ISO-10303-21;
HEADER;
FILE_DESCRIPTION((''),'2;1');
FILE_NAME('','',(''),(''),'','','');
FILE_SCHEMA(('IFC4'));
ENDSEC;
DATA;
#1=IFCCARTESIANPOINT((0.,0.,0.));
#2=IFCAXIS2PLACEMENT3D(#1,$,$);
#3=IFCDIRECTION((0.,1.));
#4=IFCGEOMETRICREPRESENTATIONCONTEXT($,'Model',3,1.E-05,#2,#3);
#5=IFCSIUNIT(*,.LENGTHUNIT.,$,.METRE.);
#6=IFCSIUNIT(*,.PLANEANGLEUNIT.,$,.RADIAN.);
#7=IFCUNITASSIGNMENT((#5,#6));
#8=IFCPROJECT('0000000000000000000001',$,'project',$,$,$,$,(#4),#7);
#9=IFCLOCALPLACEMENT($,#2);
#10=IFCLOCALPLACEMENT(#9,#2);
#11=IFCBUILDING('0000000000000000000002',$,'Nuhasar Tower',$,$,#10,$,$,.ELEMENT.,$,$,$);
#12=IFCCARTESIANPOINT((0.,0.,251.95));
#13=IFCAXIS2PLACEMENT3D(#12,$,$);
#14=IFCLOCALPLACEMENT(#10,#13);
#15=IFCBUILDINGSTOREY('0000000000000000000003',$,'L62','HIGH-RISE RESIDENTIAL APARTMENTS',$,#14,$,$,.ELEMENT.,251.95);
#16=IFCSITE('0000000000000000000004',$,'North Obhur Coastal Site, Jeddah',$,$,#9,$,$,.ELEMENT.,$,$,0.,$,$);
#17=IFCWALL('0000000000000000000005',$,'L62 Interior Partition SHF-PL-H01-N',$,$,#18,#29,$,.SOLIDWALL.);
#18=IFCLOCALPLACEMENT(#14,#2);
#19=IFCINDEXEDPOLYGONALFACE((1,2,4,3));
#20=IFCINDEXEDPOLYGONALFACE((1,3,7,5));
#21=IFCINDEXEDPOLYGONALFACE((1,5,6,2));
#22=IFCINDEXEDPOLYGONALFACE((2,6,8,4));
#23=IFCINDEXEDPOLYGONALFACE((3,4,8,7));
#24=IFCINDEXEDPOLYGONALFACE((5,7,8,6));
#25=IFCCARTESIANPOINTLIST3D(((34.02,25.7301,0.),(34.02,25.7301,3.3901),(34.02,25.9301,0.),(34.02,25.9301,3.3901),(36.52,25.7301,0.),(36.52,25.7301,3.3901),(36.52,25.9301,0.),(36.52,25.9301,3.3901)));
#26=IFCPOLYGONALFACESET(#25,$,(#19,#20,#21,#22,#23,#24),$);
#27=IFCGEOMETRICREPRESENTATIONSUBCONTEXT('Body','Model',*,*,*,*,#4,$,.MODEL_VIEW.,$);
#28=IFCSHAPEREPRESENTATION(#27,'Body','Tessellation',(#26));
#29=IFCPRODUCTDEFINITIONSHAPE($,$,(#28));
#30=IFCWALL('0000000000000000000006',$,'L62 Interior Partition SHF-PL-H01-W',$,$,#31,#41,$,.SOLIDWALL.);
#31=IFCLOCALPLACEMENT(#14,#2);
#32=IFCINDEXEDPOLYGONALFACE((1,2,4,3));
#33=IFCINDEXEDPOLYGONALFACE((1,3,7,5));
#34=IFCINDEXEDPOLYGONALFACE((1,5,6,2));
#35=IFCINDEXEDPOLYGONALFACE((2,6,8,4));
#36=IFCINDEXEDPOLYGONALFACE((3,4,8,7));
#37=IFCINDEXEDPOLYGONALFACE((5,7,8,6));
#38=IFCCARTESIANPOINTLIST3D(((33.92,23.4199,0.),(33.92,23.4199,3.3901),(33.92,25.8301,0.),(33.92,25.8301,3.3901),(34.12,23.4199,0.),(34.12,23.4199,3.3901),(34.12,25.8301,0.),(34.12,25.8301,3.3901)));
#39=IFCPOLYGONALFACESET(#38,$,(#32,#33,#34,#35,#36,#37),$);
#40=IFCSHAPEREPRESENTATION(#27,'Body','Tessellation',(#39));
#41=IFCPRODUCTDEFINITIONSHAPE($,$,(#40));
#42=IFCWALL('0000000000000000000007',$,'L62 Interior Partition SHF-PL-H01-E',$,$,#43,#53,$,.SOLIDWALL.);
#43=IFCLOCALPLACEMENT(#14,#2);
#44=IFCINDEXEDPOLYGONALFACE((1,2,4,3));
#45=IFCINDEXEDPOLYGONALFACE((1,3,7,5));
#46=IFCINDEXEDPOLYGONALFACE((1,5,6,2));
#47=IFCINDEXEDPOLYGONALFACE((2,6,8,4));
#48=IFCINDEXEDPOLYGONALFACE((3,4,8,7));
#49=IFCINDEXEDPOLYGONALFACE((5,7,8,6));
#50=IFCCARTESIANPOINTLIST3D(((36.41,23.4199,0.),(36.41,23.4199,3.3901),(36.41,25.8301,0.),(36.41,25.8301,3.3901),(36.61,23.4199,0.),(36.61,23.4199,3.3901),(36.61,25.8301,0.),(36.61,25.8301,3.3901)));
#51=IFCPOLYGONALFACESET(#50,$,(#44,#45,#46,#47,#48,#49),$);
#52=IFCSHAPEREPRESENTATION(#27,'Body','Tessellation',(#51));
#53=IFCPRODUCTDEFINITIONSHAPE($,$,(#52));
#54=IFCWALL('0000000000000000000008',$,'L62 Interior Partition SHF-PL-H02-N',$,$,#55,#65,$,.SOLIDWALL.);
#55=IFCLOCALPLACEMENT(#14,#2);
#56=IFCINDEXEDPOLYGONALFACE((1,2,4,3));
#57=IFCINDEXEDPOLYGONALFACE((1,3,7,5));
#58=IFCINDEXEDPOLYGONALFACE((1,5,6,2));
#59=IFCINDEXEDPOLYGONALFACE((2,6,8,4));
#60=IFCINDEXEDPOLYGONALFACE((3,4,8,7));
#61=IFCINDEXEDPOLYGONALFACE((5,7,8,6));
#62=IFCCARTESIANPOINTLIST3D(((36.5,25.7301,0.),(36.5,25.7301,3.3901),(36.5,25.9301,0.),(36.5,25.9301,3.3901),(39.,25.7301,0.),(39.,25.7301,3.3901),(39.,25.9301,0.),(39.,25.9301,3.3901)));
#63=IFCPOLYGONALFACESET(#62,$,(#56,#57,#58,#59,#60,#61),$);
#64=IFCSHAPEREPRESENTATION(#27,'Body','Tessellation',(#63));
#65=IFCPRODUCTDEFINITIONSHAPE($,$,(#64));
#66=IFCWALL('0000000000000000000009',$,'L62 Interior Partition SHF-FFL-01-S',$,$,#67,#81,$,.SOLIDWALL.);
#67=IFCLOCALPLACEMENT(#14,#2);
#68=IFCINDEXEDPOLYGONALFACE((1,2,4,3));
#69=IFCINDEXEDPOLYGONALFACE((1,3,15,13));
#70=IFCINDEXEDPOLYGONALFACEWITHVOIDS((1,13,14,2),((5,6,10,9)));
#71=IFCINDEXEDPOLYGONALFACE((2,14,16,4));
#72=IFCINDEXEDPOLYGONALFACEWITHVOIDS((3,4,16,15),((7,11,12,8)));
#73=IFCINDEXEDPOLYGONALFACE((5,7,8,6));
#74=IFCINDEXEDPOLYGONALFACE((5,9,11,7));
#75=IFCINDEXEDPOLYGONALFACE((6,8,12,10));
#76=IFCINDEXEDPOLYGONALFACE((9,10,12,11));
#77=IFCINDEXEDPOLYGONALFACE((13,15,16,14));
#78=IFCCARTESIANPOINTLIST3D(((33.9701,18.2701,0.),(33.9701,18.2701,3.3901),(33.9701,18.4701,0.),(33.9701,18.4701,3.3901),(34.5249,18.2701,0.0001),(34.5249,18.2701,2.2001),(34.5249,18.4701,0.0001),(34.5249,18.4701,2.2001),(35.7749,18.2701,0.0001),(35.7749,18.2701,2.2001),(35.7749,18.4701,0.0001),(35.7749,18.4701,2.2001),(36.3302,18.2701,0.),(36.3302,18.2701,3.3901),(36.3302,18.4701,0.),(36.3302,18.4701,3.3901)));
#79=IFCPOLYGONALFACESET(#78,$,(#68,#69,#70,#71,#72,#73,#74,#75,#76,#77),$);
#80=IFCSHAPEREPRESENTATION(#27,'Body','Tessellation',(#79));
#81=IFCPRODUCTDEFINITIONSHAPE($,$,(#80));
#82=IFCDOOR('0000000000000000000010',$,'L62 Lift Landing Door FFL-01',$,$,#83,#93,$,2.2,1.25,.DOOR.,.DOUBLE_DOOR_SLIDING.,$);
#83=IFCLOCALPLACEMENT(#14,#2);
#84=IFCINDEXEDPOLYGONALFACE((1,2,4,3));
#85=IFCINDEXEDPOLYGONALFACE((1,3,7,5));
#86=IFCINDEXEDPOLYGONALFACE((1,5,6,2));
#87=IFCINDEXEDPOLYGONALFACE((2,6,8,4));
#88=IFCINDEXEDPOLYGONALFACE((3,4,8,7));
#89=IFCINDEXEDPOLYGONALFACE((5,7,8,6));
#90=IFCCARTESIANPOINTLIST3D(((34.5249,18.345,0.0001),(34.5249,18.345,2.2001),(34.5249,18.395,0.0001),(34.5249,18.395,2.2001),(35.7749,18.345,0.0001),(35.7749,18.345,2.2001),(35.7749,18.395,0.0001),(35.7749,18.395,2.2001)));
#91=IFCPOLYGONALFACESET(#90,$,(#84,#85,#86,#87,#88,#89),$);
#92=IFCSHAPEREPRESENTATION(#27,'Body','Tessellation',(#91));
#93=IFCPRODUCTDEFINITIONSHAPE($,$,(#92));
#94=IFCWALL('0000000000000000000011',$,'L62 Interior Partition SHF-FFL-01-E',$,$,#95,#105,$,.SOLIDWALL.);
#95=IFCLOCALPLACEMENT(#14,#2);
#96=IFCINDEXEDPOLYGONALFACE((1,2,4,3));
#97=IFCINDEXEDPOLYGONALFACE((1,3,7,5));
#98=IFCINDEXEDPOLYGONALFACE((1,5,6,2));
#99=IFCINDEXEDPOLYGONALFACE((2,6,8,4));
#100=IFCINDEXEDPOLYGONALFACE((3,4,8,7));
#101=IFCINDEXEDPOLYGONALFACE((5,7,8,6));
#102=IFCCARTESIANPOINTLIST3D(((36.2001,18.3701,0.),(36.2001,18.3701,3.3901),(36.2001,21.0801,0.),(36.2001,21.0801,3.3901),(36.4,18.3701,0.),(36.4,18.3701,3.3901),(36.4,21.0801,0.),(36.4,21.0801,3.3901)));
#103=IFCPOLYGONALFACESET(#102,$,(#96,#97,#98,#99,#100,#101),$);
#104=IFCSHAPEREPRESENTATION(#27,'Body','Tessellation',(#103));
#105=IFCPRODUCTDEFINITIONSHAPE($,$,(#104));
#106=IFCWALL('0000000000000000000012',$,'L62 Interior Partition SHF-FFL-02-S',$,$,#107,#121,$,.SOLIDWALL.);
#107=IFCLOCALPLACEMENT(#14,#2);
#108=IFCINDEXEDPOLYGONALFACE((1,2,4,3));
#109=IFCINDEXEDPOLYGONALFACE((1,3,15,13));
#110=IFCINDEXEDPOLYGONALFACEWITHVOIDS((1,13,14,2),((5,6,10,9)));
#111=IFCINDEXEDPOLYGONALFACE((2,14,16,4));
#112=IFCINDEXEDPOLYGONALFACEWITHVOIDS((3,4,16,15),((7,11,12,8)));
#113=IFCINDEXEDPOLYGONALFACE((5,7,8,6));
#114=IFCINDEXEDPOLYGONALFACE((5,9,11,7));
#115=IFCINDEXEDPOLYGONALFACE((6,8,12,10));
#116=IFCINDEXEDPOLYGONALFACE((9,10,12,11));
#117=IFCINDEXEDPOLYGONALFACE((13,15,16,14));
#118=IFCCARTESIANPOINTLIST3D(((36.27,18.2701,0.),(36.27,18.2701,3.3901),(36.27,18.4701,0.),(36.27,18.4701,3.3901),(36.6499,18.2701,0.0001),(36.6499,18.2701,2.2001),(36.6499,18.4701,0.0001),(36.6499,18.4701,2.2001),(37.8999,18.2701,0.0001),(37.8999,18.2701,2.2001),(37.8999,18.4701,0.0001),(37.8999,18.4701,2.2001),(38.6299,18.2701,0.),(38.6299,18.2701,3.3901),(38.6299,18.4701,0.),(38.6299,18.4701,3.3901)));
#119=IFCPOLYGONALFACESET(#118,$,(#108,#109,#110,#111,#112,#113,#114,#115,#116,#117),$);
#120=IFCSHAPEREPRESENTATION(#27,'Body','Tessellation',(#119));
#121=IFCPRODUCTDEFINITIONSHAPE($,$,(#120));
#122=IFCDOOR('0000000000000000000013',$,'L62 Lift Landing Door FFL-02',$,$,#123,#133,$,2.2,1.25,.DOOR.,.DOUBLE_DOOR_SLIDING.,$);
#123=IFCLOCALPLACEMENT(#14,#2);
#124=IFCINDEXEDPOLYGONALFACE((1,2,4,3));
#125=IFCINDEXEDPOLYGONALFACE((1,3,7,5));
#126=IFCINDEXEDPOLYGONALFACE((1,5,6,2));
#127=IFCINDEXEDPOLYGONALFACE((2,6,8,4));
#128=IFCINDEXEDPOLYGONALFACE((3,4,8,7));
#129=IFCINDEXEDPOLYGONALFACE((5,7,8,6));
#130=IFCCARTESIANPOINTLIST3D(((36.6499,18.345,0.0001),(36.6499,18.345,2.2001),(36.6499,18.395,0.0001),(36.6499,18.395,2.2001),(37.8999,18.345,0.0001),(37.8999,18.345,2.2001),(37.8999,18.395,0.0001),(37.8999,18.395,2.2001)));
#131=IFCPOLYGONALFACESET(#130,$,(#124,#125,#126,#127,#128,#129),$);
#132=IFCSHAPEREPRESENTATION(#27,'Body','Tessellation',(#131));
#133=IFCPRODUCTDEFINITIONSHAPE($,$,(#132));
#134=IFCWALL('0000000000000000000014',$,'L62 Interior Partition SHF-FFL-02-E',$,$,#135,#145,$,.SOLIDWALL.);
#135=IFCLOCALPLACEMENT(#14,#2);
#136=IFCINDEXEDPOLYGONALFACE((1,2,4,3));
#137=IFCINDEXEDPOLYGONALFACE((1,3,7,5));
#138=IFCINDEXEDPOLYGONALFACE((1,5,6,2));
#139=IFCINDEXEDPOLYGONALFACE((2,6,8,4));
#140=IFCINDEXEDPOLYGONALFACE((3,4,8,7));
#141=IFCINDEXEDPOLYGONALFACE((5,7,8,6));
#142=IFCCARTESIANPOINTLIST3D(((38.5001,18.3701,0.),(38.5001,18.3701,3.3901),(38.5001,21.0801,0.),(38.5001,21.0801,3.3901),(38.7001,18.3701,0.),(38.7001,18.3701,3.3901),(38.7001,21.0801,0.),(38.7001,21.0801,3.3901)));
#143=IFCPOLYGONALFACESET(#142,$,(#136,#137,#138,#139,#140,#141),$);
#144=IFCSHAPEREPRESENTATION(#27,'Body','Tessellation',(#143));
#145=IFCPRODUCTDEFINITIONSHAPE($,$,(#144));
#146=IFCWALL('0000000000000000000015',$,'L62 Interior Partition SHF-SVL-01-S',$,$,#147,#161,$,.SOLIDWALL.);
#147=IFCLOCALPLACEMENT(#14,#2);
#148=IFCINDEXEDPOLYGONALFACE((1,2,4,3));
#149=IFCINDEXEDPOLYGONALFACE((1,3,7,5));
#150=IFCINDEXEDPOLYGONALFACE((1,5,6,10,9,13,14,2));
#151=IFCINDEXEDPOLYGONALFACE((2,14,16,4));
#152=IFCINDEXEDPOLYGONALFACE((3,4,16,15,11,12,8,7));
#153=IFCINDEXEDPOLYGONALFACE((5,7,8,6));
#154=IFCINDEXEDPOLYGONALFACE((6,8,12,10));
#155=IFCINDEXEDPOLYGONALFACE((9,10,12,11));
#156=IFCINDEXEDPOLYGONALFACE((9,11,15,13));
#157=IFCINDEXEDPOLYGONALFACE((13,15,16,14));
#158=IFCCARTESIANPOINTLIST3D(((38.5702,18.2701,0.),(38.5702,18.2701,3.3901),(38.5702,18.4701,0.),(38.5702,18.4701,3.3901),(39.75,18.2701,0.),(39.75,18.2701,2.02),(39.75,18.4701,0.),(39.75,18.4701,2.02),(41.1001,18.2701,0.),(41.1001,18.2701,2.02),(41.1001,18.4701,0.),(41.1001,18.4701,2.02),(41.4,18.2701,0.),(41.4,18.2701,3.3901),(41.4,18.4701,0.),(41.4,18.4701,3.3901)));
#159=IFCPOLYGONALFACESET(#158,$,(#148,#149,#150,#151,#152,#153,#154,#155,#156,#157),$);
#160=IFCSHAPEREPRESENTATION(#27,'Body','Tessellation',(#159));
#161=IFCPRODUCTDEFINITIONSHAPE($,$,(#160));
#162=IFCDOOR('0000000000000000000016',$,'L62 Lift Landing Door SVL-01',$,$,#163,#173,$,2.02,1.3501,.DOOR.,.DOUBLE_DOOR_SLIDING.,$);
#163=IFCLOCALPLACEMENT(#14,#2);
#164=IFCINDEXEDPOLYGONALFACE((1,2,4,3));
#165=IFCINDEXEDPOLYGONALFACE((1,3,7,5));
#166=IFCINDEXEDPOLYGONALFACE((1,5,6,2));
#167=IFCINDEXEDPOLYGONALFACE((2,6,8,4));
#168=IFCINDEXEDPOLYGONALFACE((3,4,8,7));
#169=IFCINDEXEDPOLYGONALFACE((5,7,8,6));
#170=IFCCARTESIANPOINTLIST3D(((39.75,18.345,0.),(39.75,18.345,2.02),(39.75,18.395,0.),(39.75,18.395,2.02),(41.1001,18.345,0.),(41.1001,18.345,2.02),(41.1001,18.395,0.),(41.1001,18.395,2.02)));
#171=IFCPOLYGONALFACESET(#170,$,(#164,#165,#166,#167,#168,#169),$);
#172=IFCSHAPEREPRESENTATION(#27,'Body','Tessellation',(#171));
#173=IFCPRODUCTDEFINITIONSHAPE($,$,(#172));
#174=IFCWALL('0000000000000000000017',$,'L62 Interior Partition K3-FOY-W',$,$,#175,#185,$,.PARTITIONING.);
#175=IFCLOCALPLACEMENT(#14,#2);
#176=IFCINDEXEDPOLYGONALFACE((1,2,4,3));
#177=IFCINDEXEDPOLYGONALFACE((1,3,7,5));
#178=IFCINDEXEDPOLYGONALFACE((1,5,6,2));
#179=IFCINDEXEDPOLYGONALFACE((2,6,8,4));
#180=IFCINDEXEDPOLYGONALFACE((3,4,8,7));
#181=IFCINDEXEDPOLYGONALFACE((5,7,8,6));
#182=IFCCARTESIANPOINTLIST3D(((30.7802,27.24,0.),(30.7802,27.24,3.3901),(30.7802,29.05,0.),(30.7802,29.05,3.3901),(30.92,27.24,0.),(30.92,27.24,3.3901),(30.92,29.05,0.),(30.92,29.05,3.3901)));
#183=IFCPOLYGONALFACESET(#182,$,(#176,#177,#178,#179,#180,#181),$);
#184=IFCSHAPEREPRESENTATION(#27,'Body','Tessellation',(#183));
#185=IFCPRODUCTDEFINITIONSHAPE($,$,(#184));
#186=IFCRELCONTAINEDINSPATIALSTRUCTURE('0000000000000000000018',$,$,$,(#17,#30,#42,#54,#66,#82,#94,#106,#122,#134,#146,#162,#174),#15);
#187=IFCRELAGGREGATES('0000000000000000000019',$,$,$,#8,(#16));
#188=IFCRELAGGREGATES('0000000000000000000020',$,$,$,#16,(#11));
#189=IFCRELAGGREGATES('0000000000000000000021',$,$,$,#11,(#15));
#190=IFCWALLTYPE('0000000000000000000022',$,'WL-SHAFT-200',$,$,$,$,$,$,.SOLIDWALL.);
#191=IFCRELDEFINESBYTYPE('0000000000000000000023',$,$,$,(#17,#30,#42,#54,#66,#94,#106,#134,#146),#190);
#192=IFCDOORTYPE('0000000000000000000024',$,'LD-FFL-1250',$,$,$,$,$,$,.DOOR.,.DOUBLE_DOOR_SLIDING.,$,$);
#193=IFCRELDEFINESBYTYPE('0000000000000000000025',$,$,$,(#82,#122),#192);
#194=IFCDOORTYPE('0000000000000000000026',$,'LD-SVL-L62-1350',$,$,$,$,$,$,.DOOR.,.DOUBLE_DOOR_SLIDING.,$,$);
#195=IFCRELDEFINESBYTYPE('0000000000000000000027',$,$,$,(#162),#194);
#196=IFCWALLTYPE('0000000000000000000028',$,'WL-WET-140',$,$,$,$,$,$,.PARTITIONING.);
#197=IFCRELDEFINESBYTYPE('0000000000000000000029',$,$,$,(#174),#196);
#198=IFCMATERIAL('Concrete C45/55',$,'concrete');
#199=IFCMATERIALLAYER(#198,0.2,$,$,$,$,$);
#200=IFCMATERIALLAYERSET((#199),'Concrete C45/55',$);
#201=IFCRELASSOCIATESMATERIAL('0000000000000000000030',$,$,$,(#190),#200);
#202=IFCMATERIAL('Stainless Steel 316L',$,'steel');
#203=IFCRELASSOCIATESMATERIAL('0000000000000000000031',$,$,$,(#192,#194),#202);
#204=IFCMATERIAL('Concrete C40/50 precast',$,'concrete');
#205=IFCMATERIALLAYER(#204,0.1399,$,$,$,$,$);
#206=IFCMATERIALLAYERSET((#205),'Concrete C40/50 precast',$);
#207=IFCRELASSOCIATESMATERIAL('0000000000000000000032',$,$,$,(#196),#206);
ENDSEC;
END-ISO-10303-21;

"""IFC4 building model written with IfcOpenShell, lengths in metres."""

from ifc_helpers import new_model, si_unit, direction, frame, frame_2d, origin, place, context, subcontext, project, spatial, rectangle, extrude, material, layer, layer_set, type_object, element, fill, save


model = new_model("IFC4")

# Units and contexts
model_context = context("Model", 3, precision=1e-05, world=origin(), true_north=direction((0.0, 1.0)))
body_context = subcontext(model_context, "Body", "Model", "MODEL_VIEW")
ifc_project = project(units=[si_unit("LENGTHUNIT", "METRE"), si_unit("PLANEANGLEUNIT", "RADIAN")], contexts=[model_context])

# Site, building, storey
site_placement = place(None, origin())
site = spatial("IfcSite", under=ifc_project, at=site_placement, Name="North Obhur Coastal Site, Jeddah", CompositionType="ELEMENT", RefElevation=0.0)
building_placement = place(site_placement, origin())
building = spatial("IfcBuilding", under=site, at=building_placement, Name="Nuhasar Tower", CompositionType="ELEMENT")
storey_placement = place(building_placement, frame((0.0, 0.0, 251.95)))
storey = spatial("IfcBuildingStorey", under=building, at=storey_placement, Name="L62", Description="HIGH-RISE RESIDENTIAL APARTMENTS", CompositionType="ELEMENT", Elevation=251.95)

# Shared definitions
ifc_material_1 = material(Name="Concrete C45/55", Category="concrete")

# Shared definitions
ifc_layer_1 = layer(ifc_material_1, 0.2)
ifc_layer_set_1 = layer_set([ifc_layer_1], Name="Concrete C45/55")
wall_type_1 = type_object("IfcWallType", Name="WL-SHAFT-200", PredefinedType="SOLIDWALL", material=ifc_layer_set_1)
ifc_material_2 = material(Name="Stainless Steel 316L", Category="steel")

# Walls
wall_1_placement = place(storey_placement, frame((34.02, 25.8301, 0.0), z_axis=(0.0, 0.0, 1.0), x_axis=(1.0, 0.0, 0.0)))
element("IfcWall", 1, at=wall_1_placement, inside=storey, type_object=wall_type_1, Name="L62 Interior Partition SHF-PL-H01-N", PredefinedType="SOLIDWALL", context=body_context, shape_type="SweptSolid", body=[
    extrude(rectangle(XDim=2.5, YDim=0.2, at=frame_2d((1.25, 0.0))), origin(), (0.0, 0.0, 1.0), 3.3901),
])
for number, where, z_axis, x_axis, name in (
    (2, (34.02, 23.4199, 0.0), (0.0, 0.0, 1.0), (0.0, 1.0, 0.0), "L62 Interior Partition SHF-PL-H01-W"),
    (3, (36.51, 23.4199, 0.0), (0.0, 0.0, 1.0), (0.0, 1.0, 0.0), "L62 Interior Partition SHF-PL-H01-E"),
):
    element("IfcWall", number, at=place(storey_placement, frame(where, z_axis=z_axis, x_axis=x_axis)), inside=storey, type_object=wall_type_1, Name=name, PredefinedType="SOLIDWALL", context=body_context, shape_type="SweptSolid", body=[
        extrude(rectangle(XDim=2.4102, YDim=0.2, at=frame_2d((1.2051, 0.0))), origin(), (0.0, 0.0, 1.0), 3.3901),
    ])

# Wall
wall_2_placement = place(storey_placement, frame((36.5, 25.8301, 0.0), z_axis=(0.0, 0.0, 1.0), x_axis=(1.0, 0.0, 0.0)))
element("IfcWall", 4, at=wall_2_placement, inside=storey, type_object=wall_type_1, Name="L62 Interior Partition SHF-PL-H02-N", PredefinedType="SOLIDWALL", context=body_context, shape_type="SweptSolid", body=[
    extrude(rectangle(XDim=2.5, YDim=0.2, at=frame_2d((1.25, 0.0))), origin(), (0.0, 0.0, 1.0), 3.3901),
])

# Wall, opening, door
wall_3_placement = place(storey_placement, frame((33.97, 18.3701, 0.0), z_axis=(0.0, 0.0, 1.0), x_axis=(1.0, 0.0, 0.0)))
wall_3 = element("IfcWall", 5, at=wall_3_placement, inside=storey, type_object=wall_type_1, Name="L62 Interior Partition SHF-FFL-01-S", PredefinedType="SOLIDWALL", context=body_context, shape_type="SweptSolid", body=[
    extrude(rectangle(XDim=2.3601, YDim=0.2, at=frame_2d((1.1802, 0.0))), origin(), (0.0, 0.0, 1.0), 3.3901),
])
opening_1_placement = place(wall_3_placement, frame((0.5549, 0.0, 0.0)))
opening_1 = element("IfcOpeningElement", 6, at=opening_1_placement, cuts=wall_3, PredefinedType="OPENING", context=body_context, shape_type="SweptSolid", body=[
    extrude(rectangle(XDim=1.25, YDim=2.2, at=frame_2d((0.625, 1.1001))), frame((0.0, 0.1099, 0.0), z_axis=(0.0, -1.0, 0.0), x_axis=(1.0, 0.0, 0.0)), (0.0, 0.0, 1.0), 0.22),
])
door_type_1 = type_object("IfcDoorType", Name="LD-FFL-1250", OperationType="DOUBLE_DOOR_SLIDING", PredefinedType="DOOR", material=ifc_material_2)
door_1_placement = place(opening_1_placement, origin())
door_1 = element("IfcDoor", 7, at=door_1_placement, inside=storey, type_object=door_type_1, Name="L62 Lift Landing Door FFL-01", OperationType="DOUBLE_DOOR_SLIDING", OverallHeight=2.2, OverallWidth=1.25, PredefinedType="DOOR", context=body_context, shape_type="SweptSolid", body=[
    extrude(rectangle(XDim=1.25, YDim=2.2, at=frame_2d((0.625, 1.1001))), frame((0.0, 0.0249, 0.0), z_axis=(0.0, -1.0, 0.0), x_axis=(1.0, 0.0, 0.0)), (0.0, 0.0, 1.0), 0.05),
])
fill(opening_1, door_1)

# Wall
wall_4_placement = place(storey_placement, frame((36.3, 18.3701, 0.0), z_axis=(0.0, 0.0, 1.0), x_axis=(0.0, 1.0, 0.0)))
element("IfcWall", 8, at=wall_4_placement, inside=storey, type_object=wall_type_1, Name="L62 Interior Partition SHF-FFL-01-E", PredefinedType="SOLIDWALL", context=body_context, shape_type="SweptSolid", body=[
    extrude(rectangle(XDim=2.71, YDim=0.2, at=frame_2d((1.355, 0.0))), origin(), (0.0, 0.0, 1.0), 3.3901),
])

# Wall, opening, door
wall_5_placement = place(storey_placement, frame((36.27, 18.3701, 0.0), z_axis=(0.0, 0.0, 1.0), x_axis=(1.0, 0.0, 0.0)))
wall_5 = element("IfcWall", 9, at=wall_5_placement, inside=storey, type_object=wall_type_1, Name="L62 Interior Partition SHF-FFL-02-S", PredefinedType="SOLIDWALL", context=body_context, shape_type="SweptSolid", body=[
    extrude(rectangle(XDim=2.3599, YDim=0.2, at=frame_2d((1.1799, 0.0))), origin(), (0.0, 0.0, 1.0), 3.3901),
])
opening_2_placement = place(wall_5_placement, frame((0.3799, 0.0, 0.0)))
opening_2 = element("IfcOpeningElement", 10, at=opening_2_placement, cuts=wall_5, PredefinedType="OPENING", context=body_context, shape_type="SweptSolid", body=[
    extrude(rectangle(XDim=1.25, YDim=2.2, at=frame_2d((0.625, 1.1001))), frame((0.0, 0.1099, 0.0), z_axis=(0.0, -1.0, 0.0), x_axis=(1.0, 0.0, 0.0)), (0.0, 0.0, 1.0), 0.22),
])
door_2_placement = place(opening_2_placement, origin())
door_2 = element("IfcDoor", 11, at=door_2_placement, inside=storey, type_object=door_type_1, Name="L62 Lift Landing Door FFL-02", OperationType="DOUBLE_DOOR_SLIDING", OverallHeight=2.2, OverallWidth=1.25, PredefinedType="DOOR", context=body_context, shape_type="SweptSolid", body=[
    extrude(rectangle(XDim=1.25, YDim=2.2, at=frame_2d((0.625, 1.1001))), frame((0.0, 0.0249, 0.0), z_axis=(0.0, -1.0, 0.0), x_axis=(1.0, 0.0, 0.0)), (0.0, 0.0, 1.0), 0.05),
])
fill(opening_2, door_2)

# Wall
wall_6_placement = place(storey_placement, frame((38.6001, 18.3701, 0.0), z_axis=(0.0, 0.0, 1.0), x_axis=(0.0, 1.0, 0.0)))
element("IfcWall", 12, at=wall_6_placement, inside=storey, type_object=wall_type_1, Name="L62 Interior Partition SHF-FFL-02-E", PredefinedType="SOLIDWALL", context=body_context, shape_type="SweptSolid", body=[
    extrude(rectangle(XDim=2.71, YDim=0.2, at=frame_2d((1.355, 0.0))), origin(), (0.0, 0.0, 1.0), 3.3901),
])

# Wall, opening, door
wall_7_placement = place(storey_placement, frame((38.5701, 18.3701, 0.0), z_axis=(0.0, 0.0, 1.0), x_axis=(1.0, 0.0, 0.0)))
wall_7 = element("IfcWall", 13, at=wall_7_placement, inside=storey, type_object=wall_type_1, Name="L62 Interior Partition SHF-SVL-01-S", PredefinedType="SOLIDWALL", context=body_context, shape_type="SweptSolid", body=[
    extrude(rectangle(XDim=2.8298, YDim=0.2, at=frame_2d((1.415, 0.0))), origin(), (0.0, 0.0, 1.0), 3.3901),
])
opening_3_placement = place(wall_7_placement, frame((1.1799, 0.0, 0.0)))
opening_3 = element("IfcOpeningElement", 14, at=opening_3_placement, cuts=wall_7, PredefinedType="OPENING", context=body_context, shape_type="SweptSolid", body=[
    extrude(rectangle(XDim=1.3501, YDim=2.02, at=frame_2d((0.675, 1.01))), frame((0.0, 0.1099, 0.0), z_axis=(0.0, -1.0, 0.0), x_axis=(1.0, 0.0, 0.0)), (0.0, 0.0, 1.0), 0.22),
])
door_type_2 = type_object("IfcDoorType", Name="LD-SVL-L62-1350", OperationType="DOUBLE_DOOR_SLIDING", PredefinedType="DOOR", material=ifc_material_2)
door_3_placement = place(opening_3_placement, origin())
door_3 = element("IfcDoor", 15, at=door_3_placement, inside=storey, type_object=door_type_2, Name="L62 Lift Landing Door SVL-01", OperationType="DOUBLE_DOOR_SLIDING", OverallHeight=2.02, OverallWidth=1.3501, PredefinedType="DOOR", context=body_context, shape_type="SweptSolid", body=[
    extrude(rectangle(XDim=1.3501, YDim=2.02, at=frame_2d((0.675, 1.01))), frame((0.0, 0.0249, 0.0), z_axis=(0.0, -1.0, 0.0), x_axis=(1.0, 0.0, 0.0)), (0.0, 0.0, 1.0), 0.05),
])
fill(opening_3, door_3)

# Wall
ifc_material_3 = material(Name="Concrete C40/50 precast", Category="concrete")
ifc_layer_2 = layer(ifc_material_3, 0.1399)
ifc_layer_set_2 = layer_set([ifc_layer_2], Name="Concrete C40/50 precast")
wall_type_2 = type_object("IfcWallType", Name="WL-WET-140", PredefinedType="PARTITIONING", material=ifc_layer_set_2)
wall_8_placement = place(storey_placement, frame((30.8501, 27.24, 0.0), z_axis=(0.0, 0.0, 1.0), x_axis=(0.0, 1.0, 0.0)))
element("IfcWall", 16, at=wall_8_placement, inside=storey, type_object=wall_type_2, Name="L62 Interior Partition K3-FOY-W", PredefinedType="PARTITIONING", context=body_context, shape_type="SweptSolid", body=[
    extrude(rectangle(XDim=1.8101, YDim=0.1399, at=frame_2d((0.905, 0.0))), origin(), (0.0, 0.0, 1.0), 3.3901),
])

save(model, "model.ifc")
